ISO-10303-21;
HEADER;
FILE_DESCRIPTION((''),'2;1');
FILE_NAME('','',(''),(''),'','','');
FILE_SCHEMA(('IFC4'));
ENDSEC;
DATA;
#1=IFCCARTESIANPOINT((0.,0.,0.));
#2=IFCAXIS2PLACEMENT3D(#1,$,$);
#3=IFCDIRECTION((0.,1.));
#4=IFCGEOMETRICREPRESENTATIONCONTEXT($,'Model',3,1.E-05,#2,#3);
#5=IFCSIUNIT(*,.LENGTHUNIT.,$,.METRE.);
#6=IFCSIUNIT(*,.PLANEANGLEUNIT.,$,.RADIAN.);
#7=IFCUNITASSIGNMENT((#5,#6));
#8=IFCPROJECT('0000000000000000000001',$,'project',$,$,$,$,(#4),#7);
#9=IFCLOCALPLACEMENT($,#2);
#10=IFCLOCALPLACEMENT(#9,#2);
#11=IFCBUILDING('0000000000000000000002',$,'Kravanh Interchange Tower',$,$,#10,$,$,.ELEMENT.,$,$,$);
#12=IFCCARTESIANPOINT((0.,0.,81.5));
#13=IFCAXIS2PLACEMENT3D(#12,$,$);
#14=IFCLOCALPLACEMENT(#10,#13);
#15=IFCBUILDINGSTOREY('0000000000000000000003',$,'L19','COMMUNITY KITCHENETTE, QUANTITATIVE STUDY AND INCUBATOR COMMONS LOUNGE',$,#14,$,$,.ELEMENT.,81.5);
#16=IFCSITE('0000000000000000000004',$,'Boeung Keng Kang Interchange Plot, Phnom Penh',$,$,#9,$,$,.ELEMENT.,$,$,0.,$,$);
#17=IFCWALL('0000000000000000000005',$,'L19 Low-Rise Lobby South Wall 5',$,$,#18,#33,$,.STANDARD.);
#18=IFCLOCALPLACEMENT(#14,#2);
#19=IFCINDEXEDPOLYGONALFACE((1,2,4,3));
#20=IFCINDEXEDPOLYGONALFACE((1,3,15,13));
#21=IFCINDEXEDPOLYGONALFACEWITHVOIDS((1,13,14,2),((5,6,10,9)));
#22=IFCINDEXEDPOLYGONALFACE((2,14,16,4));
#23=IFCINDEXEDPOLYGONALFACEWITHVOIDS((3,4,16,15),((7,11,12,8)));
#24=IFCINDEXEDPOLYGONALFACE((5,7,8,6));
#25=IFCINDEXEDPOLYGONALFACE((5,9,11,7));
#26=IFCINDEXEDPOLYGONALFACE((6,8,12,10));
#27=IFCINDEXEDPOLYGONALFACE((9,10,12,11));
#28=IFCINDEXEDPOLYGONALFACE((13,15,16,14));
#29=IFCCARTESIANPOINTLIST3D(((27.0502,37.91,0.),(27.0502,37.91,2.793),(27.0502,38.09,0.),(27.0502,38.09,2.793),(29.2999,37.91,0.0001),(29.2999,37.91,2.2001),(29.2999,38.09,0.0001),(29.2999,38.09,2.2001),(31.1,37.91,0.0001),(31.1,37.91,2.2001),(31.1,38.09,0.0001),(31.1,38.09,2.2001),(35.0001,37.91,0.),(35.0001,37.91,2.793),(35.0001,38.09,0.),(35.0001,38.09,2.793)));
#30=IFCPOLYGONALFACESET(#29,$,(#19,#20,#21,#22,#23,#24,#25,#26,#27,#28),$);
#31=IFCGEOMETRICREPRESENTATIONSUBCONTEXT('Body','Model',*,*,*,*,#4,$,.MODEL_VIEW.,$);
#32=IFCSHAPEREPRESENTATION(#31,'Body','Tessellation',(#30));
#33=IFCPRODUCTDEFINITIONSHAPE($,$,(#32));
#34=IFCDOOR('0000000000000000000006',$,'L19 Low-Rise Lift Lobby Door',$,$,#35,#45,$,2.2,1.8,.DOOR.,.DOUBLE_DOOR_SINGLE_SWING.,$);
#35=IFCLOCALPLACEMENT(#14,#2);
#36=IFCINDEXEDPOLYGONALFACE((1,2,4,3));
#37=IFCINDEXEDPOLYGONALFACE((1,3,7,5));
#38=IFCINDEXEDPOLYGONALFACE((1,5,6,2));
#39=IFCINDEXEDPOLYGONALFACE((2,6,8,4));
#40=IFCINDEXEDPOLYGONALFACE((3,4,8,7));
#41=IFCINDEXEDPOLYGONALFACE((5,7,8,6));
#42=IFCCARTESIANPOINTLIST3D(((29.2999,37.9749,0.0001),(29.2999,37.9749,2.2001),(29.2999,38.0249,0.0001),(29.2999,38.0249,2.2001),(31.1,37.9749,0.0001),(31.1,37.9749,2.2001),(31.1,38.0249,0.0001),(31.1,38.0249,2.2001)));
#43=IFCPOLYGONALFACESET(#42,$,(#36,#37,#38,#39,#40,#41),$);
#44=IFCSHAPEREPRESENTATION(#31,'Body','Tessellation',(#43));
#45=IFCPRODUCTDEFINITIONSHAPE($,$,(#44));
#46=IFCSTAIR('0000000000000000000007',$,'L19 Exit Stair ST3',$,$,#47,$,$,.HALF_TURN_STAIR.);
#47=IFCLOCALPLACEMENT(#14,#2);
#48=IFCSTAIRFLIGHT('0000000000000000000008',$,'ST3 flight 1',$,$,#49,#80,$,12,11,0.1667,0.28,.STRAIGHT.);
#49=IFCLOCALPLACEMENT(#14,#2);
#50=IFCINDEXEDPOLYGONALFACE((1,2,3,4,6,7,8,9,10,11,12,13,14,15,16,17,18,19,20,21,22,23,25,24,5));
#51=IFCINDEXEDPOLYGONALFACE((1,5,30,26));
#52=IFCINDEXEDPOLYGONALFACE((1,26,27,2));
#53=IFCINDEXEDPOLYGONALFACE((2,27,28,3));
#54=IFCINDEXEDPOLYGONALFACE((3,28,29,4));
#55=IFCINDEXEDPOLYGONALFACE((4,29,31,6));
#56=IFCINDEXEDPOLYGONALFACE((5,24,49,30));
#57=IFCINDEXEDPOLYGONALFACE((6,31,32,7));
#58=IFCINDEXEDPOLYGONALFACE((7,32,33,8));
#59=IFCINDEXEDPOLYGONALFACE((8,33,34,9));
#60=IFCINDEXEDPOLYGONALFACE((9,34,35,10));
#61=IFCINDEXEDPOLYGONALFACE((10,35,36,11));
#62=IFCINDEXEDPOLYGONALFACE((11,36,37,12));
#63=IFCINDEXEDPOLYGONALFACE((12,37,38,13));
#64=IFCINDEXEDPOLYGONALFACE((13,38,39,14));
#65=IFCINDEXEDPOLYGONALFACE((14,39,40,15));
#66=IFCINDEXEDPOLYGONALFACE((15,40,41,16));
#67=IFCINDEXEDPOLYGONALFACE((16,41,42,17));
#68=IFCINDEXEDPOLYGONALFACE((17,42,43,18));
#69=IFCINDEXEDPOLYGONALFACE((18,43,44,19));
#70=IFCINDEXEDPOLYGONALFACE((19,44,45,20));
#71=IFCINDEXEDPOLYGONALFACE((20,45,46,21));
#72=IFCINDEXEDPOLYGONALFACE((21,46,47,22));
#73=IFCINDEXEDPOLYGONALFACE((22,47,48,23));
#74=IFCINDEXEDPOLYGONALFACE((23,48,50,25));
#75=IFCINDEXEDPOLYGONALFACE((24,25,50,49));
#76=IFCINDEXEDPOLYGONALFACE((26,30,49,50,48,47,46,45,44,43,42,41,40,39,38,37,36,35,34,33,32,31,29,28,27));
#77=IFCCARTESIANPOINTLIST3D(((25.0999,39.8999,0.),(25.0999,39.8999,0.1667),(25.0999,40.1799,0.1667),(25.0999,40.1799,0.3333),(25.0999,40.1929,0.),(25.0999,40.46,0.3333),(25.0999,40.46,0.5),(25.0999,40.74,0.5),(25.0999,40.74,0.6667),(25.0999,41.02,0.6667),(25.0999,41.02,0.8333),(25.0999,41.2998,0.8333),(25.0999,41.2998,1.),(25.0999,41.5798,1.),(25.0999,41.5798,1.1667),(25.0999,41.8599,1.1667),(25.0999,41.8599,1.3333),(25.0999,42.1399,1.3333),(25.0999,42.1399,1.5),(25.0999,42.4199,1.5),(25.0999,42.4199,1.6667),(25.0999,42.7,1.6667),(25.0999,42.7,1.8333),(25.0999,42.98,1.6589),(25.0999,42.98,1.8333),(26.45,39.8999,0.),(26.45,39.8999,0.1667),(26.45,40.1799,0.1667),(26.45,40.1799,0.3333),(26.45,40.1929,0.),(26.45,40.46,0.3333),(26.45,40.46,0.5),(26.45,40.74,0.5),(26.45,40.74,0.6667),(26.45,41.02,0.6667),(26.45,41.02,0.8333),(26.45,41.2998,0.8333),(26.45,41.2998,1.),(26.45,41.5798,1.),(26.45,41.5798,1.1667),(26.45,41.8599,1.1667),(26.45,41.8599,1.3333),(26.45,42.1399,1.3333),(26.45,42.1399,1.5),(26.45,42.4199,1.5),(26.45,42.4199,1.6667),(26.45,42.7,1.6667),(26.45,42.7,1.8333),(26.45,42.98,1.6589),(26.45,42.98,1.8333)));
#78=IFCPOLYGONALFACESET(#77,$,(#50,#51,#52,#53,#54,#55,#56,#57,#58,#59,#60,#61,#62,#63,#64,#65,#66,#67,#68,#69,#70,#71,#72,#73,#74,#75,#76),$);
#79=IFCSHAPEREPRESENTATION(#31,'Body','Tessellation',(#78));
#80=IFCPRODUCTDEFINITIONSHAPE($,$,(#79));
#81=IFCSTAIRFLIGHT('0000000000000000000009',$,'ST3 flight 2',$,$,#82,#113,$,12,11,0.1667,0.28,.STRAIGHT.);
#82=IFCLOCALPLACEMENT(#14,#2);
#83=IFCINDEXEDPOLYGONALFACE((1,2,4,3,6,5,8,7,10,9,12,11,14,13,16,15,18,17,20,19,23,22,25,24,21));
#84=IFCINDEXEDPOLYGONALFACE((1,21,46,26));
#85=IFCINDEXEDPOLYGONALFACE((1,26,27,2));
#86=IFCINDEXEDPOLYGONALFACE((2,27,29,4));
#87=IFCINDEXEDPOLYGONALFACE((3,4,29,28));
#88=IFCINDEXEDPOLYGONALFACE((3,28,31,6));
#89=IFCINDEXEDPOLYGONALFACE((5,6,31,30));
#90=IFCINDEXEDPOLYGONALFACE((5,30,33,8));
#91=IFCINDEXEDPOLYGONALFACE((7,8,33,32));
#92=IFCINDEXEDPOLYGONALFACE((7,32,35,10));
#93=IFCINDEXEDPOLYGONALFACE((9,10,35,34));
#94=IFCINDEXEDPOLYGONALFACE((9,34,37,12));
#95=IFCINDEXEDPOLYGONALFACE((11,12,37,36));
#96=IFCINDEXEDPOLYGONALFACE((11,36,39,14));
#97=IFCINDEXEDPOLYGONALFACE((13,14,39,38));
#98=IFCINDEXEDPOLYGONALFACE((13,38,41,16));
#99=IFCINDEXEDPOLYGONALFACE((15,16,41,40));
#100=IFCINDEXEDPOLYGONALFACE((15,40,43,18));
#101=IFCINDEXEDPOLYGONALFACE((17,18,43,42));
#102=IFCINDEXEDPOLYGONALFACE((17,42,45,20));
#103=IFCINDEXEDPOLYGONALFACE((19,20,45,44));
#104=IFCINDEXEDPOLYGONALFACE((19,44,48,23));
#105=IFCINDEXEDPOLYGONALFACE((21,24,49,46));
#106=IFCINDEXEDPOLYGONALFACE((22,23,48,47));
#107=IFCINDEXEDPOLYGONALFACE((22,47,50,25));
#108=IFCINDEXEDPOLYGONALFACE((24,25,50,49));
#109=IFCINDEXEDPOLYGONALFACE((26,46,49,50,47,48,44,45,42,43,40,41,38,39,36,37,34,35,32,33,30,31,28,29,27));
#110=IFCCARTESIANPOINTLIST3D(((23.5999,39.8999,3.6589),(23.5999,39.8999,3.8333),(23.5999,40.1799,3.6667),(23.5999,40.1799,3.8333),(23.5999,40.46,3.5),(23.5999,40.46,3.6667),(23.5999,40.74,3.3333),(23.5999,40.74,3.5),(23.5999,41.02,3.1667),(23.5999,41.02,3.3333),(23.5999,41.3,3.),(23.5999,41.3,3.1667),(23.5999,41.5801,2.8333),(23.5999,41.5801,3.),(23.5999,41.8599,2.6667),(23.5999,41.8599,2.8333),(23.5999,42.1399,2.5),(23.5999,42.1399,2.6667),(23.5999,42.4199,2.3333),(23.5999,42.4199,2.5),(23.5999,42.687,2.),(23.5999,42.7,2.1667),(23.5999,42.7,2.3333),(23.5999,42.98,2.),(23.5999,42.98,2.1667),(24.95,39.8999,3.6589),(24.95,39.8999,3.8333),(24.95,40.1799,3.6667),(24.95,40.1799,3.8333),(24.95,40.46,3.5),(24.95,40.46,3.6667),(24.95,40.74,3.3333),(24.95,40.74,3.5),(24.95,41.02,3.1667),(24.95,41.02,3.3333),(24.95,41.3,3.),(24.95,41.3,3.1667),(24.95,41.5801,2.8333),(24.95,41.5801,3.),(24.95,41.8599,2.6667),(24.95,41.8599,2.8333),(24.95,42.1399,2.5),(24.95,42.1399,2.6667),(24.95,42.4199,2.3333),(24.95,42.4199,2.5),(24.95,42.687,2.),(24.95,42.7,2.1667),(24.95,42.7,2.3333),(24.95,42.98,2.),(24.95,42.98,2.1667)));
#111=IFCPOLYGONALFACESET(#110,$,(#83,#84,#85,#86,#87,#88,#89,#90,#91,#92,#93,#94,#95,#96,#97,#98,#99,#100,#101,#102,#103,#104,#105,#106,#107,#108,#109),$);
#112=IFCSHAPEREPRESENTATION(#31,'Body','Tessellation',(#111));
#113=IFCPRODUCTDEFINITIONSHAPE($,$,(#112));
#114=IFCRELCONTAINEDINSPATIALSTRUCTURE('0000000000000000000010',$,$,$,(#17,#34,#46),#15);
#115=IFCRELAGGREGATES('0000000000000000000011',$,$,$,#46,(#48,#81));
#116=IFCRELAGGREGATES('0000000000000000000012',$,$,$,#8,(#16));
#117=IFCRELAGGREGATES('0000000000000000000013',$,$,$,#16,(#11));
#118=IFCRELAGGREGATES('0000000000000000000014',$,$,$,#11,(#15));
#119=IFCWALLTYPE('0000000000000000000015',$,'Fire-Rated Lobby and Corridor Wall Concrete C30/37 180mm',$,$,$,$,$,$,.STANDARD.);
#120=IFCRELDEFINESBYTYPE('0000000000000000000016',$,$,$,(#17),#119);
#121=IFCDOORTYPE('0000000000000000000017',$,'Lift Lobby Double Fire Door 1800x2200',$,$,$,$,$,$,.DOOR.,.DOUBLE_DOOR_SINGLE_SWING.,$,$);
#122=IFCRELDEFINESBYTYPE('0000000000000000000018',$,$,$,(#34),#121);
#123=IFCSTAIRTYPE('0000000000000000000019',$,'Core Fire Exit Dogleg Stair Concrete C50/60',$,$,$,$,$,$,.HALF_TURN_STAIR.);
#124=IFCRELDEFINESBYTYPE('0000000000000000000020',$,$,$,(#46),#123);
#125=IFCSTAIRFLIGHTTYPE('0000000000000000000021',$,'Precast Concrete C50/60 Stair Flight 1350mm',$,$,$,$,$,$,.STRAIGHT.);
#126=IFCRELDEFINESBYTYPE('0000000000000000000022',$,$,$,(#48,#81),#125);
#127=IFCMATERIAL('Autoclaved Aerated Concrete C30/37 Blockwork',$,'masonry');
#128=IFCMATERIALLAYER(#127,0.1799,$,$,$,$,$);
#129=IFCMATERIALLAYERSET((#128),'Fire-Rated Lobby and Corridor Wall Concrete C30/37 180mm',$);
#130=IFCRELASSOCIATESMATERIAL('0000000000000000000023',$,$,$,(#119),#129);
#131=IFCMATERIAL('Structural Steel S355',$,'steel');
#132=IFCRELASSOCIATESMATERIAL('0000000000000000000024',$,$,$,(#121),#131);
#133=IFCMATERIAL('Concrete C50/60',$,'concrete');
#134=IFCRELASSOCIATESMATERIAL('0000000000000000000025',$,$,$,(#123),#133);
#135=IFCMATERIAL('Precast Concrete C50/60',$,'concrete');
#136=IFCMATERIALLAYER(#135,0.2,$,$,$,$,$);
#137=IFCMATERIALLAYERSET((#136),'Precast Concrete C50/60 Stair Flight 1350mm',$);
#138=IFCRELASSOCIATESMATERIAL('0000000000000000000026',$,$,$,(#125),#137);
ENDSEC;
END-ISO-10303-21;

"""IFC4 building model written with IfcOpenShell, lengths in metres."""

from ifc_helpers import new_model, si_unit, direction, frame, frame_2d, origin, place, context, subcontext, project, spatial, polyline, rectangle, outline, extrude, material, layer, layer_set, type_object, element, fill, aggregate, save


model = new_model("IFC4")

# Units and contexts
model_context = context("Model", 3, precision=1e-05, world=origin(), true_north=direction((0.0, 1.0)))
body_context = subcontext(model_context, "Body", "Model", "MODEL_VIEW")
ifc_project = project(units=[si_unit("LENGTHUNIT", "METRE"), si_unit("PLANEANGLEUNIT", "RADIAN")], contexts=[model_context])

# Site, building, storey
site_placement = place(None, origin())
site = spatial("IfcSite", under=ifc_project, at=site_placement, Name="Boeung Keng Kang Interchange Plot, Phnom Penh", CompositionType="ELEMENT", RefElevation=0.0)
building_placement = place(site_placement, origin())
building = spatial("IfcBuilding", under=site, at=building_placement, Name="Kravanh Interchange Tower", CompositionType="ELEMENT")
storey_placement = place(building_placement, frame((0.0, 0.0, 81.5)))
storey = spatial("IfcBuildingStorey", under=building, at=storey_placement, Name="L19", Description="COMMUNITY KITCHENETTE, QUANTITATIVE STUDY AND INCUBATOR COMMONS LOUNGE", CompositionType="ELEMENT", Elevation=81.5)

# Wall, opening, door
ifc_material_1 = material(Name="Autoclaved Aerated Concrete C30/37 Blockwork", Category="masonry")
ifc_layer_1 = layer(ifc_material_1, 0.1799)
ifc_layer_set_1 = layer_set([ifc_layer_1], Name="Fire-Rated Lobby and Corridor Wall Concrete C30/37 180mm")
wall_type_1 = type_object("IfcWallType", Name="Fire-Rated Lobby and Corridor Wall Concrete C30/37 180mm", PredefinedType="STANDARD", material=ifc_layer_set_1)
wall_1_placement = place(storey_placement, frame((27.05, 38.0, 0.0), z_axis=(0.0, 0.0, 1.0), x_axis=(1.0, 0.0, 0.0)))
wall_1 = element("IfcWall", 1, at=wall_1_placement, inside=storey, type_object=wall_type_1, Name="L19 Low-Rise Lobby South Wall 5", PredefinedType="STANDARD", context=body_context, shape_type="SweptSolid", body=[
    extrude(rectangle(XDim=7.95, YDim=0.1799, at=frame_2d((3.9751, 0.0))), origin(), (0.0, 0.0, 1.0), 2.793),
])
opening_1_placement = place(wall_1_placement, frame((2.25, 0.0, 0.0)))
opening_1 = element("IfcOpeningElement", 2, at=opening_1_placement, cuts=wall_1, PredefinedType="OPENING", context=body_context, shape_type="SweptSolid", body=[
    extrude(rectangle(XDim=1.8, YDim=2.2, at=frame_2d((0.8999, 1.1001))), frame((0.0, 0.1001, 0.0), z_axis=(0.0, -1.0, 0.0), x_axis=(1.0, 0.0, 0.0)), (0.0, 0.0, 1.0), 0.2),
])
ifc_material_2 = material(Name="Structural Steel S355", Category="steel")
door_type_1 = type_object("IfcDoorType", Name="Lift Lobby Double Fire Door 1800x2200", OperationType="DOUBLE_DOOR_SINGLE_SWING", PredefinedType="DOOR", material=ifc_material_2)
door_1_placement = place(opening_1_placement, origin())
door_1 = element("IfcDoor", 3, at=door_1_placement, inside=storey, type_object=door_type_1, Name="L19 Low-Rise Lift Lobby Door", OperationType="DOUBLE_DOOR_SINGLE_SWING", OverallHeight=2.2, OverallWidth=1.8, PredefinedType="DOOR", context=body_context, shape_type="SweptSolid", body=[
    extrude(rectangle(XDim=1.8, YDim=2.2, at=frame_2d((0.8999, 1.1001))), frame((0.0, 0.0249, 0.0), z_axis=(0.0, -1.0, 0.0), x_axis=(1.0, 0.0, 0.0)), (0.0, 0.0, 1.0), 0.05),
])
fill(opening_1, door_1)

# Stair, stair flights
ifc_material_3 = material(Name="Concrete C50/60", Category="concrete")
stair_type = type_object("IfcStairType", Name="Core Fire Exit Dogleg Stair Concrete C50/60", PredefinedType="HALF_TURN_STAIR", material=ifc_material_3)
stair_placement = place(storey_placement, origin())
stair = element("IfcStair", 4, at=stair_placement, inside=storey, type_object=stair_type, Name="L19 Exit Stair ST3", PredefinedType="HALF_TURN_STAIR")
ifc_material_4 = material(Name="Precast Concrete C50/60", Category="concrete")
ifc_layer_2 = layer(ifc_material_4, 0.2)
ifc_layer_set_2 = layer_set([ifc_layer_2], Name="Precast Concrete C50/60 Stair Flight 1350mm")
stair_flight_type = type_object("IfcStairFlightType", Name="Precast Concrete C50/60 Stair Flight 1350mm", PredefinedType="STRAIGHT", material=ifc_layer_set_2)
stair_flight_1_placement = place(storey_placement, frame((25.7749, 39.8999, 0.0), z_axis=(0.0, 0.0, 1.0), x_axis=(0.0, 1.0, 0.0)))
stair_flight_1 = element("IfcStairFlight", 5, at=stair_flight_1_placement, type_object=stair_flight_type, Name="ST3 flight 1", NumberOfRisers=12, NumberOfTreads=11, PredefinedType="STRAIGHT", RiserHeight=0.1667, TreadLength=0.28, context=body_context, shape_type="SweptSolid", body=[
    extrude(outline(polyline([(0.0, 0.0), (0.0, 0.1667), (0.28, 0.1667), (0.28, 0.3333), (0.5601, 0.3333), (0.5601, 0.5), (0.8401, 0.5), (0.8401, 0.6667), (1.1201, 0.6667), (1.1201, 0.8333), (1.3999, 0.8333), (1.3999, 1.0), (1.6799, 1.0), (1.6799, 1.1667), (1.96, 1.1667), (1.96, 1.3333), (2.24, 1.3333), (2.24, 1.5), (2.52, 1.5), (2.52, 1.6667), (2.8, 1.6667), (2.8, 1.8333), (3.0801, 1.8333), (3.0801, 2.0), (3.0801, 1.6589), (0.293, 0.0), (0.0, 0.0)])), frame((0.0, 0.675, 0.0), z_axis=(0.0, -1.0, 0.0), x_axis=(1.0, 0.0, 0.0)), (0.0, 0.0, 1.0), 1.3501),
])
stair_flight_2_placement = place(storey_placement, frame((24.2749, 42.98, 2.0), z_axis=(0.0, 0.0, 1.0), x_axis=(0.0, -1.0, 0.0)))
stair_flight_2 = element("IfcStairFlight", 6, at=stair_flight_2_placement, type_object=stair_flight_type, Name="ST3 flight 2", NumberOfRisers=12, NumberOfTreads=11, PredefinedType="STRAIGHT", RiserHeight=0.1667, TreadLength=0.28, context=body_context, shape_type="SweptSolid", body=[
    extrude(outline(polyline([(0.0, 0.0), (0.0, 0.1667), (0.28, 0.1667), (0.28, 0.3333), (0.5601, 0.3333), (0.5601, 0.5), (0.8401, 0.5), (0.8401, 0.6667), (1.1201, 0.6667), (1.1201, 0.8333), (1.3999, 0.8333), (1.3999, 1.0), (1.6799, 1.0), (1.6799, 1.1667), (1.96, 1.1667), (1.96, 1.3333), (2.24, 1.3333), (2.24, 1.5), (2.52, 1.5), (2.52, 1.6667), (2.8, 1.6667), (2.8, 1.8333), (3.0801, 1.8333), (3.0801, 2.0), (3.0801, 1.6589), (0.293, 0.0), (0.0, 0.0)])), frame((0.0, 0.675, 0.0), z_axis=(0.0, -1.0, 0.0), x_axis=(1.0, 0.0, 0.0)), (0.0, 0.0, 1.0), 1.3501),
])
aggregate(stair, [stair_flight_1, stair_flight_2])

save(model, "model.ifc")
